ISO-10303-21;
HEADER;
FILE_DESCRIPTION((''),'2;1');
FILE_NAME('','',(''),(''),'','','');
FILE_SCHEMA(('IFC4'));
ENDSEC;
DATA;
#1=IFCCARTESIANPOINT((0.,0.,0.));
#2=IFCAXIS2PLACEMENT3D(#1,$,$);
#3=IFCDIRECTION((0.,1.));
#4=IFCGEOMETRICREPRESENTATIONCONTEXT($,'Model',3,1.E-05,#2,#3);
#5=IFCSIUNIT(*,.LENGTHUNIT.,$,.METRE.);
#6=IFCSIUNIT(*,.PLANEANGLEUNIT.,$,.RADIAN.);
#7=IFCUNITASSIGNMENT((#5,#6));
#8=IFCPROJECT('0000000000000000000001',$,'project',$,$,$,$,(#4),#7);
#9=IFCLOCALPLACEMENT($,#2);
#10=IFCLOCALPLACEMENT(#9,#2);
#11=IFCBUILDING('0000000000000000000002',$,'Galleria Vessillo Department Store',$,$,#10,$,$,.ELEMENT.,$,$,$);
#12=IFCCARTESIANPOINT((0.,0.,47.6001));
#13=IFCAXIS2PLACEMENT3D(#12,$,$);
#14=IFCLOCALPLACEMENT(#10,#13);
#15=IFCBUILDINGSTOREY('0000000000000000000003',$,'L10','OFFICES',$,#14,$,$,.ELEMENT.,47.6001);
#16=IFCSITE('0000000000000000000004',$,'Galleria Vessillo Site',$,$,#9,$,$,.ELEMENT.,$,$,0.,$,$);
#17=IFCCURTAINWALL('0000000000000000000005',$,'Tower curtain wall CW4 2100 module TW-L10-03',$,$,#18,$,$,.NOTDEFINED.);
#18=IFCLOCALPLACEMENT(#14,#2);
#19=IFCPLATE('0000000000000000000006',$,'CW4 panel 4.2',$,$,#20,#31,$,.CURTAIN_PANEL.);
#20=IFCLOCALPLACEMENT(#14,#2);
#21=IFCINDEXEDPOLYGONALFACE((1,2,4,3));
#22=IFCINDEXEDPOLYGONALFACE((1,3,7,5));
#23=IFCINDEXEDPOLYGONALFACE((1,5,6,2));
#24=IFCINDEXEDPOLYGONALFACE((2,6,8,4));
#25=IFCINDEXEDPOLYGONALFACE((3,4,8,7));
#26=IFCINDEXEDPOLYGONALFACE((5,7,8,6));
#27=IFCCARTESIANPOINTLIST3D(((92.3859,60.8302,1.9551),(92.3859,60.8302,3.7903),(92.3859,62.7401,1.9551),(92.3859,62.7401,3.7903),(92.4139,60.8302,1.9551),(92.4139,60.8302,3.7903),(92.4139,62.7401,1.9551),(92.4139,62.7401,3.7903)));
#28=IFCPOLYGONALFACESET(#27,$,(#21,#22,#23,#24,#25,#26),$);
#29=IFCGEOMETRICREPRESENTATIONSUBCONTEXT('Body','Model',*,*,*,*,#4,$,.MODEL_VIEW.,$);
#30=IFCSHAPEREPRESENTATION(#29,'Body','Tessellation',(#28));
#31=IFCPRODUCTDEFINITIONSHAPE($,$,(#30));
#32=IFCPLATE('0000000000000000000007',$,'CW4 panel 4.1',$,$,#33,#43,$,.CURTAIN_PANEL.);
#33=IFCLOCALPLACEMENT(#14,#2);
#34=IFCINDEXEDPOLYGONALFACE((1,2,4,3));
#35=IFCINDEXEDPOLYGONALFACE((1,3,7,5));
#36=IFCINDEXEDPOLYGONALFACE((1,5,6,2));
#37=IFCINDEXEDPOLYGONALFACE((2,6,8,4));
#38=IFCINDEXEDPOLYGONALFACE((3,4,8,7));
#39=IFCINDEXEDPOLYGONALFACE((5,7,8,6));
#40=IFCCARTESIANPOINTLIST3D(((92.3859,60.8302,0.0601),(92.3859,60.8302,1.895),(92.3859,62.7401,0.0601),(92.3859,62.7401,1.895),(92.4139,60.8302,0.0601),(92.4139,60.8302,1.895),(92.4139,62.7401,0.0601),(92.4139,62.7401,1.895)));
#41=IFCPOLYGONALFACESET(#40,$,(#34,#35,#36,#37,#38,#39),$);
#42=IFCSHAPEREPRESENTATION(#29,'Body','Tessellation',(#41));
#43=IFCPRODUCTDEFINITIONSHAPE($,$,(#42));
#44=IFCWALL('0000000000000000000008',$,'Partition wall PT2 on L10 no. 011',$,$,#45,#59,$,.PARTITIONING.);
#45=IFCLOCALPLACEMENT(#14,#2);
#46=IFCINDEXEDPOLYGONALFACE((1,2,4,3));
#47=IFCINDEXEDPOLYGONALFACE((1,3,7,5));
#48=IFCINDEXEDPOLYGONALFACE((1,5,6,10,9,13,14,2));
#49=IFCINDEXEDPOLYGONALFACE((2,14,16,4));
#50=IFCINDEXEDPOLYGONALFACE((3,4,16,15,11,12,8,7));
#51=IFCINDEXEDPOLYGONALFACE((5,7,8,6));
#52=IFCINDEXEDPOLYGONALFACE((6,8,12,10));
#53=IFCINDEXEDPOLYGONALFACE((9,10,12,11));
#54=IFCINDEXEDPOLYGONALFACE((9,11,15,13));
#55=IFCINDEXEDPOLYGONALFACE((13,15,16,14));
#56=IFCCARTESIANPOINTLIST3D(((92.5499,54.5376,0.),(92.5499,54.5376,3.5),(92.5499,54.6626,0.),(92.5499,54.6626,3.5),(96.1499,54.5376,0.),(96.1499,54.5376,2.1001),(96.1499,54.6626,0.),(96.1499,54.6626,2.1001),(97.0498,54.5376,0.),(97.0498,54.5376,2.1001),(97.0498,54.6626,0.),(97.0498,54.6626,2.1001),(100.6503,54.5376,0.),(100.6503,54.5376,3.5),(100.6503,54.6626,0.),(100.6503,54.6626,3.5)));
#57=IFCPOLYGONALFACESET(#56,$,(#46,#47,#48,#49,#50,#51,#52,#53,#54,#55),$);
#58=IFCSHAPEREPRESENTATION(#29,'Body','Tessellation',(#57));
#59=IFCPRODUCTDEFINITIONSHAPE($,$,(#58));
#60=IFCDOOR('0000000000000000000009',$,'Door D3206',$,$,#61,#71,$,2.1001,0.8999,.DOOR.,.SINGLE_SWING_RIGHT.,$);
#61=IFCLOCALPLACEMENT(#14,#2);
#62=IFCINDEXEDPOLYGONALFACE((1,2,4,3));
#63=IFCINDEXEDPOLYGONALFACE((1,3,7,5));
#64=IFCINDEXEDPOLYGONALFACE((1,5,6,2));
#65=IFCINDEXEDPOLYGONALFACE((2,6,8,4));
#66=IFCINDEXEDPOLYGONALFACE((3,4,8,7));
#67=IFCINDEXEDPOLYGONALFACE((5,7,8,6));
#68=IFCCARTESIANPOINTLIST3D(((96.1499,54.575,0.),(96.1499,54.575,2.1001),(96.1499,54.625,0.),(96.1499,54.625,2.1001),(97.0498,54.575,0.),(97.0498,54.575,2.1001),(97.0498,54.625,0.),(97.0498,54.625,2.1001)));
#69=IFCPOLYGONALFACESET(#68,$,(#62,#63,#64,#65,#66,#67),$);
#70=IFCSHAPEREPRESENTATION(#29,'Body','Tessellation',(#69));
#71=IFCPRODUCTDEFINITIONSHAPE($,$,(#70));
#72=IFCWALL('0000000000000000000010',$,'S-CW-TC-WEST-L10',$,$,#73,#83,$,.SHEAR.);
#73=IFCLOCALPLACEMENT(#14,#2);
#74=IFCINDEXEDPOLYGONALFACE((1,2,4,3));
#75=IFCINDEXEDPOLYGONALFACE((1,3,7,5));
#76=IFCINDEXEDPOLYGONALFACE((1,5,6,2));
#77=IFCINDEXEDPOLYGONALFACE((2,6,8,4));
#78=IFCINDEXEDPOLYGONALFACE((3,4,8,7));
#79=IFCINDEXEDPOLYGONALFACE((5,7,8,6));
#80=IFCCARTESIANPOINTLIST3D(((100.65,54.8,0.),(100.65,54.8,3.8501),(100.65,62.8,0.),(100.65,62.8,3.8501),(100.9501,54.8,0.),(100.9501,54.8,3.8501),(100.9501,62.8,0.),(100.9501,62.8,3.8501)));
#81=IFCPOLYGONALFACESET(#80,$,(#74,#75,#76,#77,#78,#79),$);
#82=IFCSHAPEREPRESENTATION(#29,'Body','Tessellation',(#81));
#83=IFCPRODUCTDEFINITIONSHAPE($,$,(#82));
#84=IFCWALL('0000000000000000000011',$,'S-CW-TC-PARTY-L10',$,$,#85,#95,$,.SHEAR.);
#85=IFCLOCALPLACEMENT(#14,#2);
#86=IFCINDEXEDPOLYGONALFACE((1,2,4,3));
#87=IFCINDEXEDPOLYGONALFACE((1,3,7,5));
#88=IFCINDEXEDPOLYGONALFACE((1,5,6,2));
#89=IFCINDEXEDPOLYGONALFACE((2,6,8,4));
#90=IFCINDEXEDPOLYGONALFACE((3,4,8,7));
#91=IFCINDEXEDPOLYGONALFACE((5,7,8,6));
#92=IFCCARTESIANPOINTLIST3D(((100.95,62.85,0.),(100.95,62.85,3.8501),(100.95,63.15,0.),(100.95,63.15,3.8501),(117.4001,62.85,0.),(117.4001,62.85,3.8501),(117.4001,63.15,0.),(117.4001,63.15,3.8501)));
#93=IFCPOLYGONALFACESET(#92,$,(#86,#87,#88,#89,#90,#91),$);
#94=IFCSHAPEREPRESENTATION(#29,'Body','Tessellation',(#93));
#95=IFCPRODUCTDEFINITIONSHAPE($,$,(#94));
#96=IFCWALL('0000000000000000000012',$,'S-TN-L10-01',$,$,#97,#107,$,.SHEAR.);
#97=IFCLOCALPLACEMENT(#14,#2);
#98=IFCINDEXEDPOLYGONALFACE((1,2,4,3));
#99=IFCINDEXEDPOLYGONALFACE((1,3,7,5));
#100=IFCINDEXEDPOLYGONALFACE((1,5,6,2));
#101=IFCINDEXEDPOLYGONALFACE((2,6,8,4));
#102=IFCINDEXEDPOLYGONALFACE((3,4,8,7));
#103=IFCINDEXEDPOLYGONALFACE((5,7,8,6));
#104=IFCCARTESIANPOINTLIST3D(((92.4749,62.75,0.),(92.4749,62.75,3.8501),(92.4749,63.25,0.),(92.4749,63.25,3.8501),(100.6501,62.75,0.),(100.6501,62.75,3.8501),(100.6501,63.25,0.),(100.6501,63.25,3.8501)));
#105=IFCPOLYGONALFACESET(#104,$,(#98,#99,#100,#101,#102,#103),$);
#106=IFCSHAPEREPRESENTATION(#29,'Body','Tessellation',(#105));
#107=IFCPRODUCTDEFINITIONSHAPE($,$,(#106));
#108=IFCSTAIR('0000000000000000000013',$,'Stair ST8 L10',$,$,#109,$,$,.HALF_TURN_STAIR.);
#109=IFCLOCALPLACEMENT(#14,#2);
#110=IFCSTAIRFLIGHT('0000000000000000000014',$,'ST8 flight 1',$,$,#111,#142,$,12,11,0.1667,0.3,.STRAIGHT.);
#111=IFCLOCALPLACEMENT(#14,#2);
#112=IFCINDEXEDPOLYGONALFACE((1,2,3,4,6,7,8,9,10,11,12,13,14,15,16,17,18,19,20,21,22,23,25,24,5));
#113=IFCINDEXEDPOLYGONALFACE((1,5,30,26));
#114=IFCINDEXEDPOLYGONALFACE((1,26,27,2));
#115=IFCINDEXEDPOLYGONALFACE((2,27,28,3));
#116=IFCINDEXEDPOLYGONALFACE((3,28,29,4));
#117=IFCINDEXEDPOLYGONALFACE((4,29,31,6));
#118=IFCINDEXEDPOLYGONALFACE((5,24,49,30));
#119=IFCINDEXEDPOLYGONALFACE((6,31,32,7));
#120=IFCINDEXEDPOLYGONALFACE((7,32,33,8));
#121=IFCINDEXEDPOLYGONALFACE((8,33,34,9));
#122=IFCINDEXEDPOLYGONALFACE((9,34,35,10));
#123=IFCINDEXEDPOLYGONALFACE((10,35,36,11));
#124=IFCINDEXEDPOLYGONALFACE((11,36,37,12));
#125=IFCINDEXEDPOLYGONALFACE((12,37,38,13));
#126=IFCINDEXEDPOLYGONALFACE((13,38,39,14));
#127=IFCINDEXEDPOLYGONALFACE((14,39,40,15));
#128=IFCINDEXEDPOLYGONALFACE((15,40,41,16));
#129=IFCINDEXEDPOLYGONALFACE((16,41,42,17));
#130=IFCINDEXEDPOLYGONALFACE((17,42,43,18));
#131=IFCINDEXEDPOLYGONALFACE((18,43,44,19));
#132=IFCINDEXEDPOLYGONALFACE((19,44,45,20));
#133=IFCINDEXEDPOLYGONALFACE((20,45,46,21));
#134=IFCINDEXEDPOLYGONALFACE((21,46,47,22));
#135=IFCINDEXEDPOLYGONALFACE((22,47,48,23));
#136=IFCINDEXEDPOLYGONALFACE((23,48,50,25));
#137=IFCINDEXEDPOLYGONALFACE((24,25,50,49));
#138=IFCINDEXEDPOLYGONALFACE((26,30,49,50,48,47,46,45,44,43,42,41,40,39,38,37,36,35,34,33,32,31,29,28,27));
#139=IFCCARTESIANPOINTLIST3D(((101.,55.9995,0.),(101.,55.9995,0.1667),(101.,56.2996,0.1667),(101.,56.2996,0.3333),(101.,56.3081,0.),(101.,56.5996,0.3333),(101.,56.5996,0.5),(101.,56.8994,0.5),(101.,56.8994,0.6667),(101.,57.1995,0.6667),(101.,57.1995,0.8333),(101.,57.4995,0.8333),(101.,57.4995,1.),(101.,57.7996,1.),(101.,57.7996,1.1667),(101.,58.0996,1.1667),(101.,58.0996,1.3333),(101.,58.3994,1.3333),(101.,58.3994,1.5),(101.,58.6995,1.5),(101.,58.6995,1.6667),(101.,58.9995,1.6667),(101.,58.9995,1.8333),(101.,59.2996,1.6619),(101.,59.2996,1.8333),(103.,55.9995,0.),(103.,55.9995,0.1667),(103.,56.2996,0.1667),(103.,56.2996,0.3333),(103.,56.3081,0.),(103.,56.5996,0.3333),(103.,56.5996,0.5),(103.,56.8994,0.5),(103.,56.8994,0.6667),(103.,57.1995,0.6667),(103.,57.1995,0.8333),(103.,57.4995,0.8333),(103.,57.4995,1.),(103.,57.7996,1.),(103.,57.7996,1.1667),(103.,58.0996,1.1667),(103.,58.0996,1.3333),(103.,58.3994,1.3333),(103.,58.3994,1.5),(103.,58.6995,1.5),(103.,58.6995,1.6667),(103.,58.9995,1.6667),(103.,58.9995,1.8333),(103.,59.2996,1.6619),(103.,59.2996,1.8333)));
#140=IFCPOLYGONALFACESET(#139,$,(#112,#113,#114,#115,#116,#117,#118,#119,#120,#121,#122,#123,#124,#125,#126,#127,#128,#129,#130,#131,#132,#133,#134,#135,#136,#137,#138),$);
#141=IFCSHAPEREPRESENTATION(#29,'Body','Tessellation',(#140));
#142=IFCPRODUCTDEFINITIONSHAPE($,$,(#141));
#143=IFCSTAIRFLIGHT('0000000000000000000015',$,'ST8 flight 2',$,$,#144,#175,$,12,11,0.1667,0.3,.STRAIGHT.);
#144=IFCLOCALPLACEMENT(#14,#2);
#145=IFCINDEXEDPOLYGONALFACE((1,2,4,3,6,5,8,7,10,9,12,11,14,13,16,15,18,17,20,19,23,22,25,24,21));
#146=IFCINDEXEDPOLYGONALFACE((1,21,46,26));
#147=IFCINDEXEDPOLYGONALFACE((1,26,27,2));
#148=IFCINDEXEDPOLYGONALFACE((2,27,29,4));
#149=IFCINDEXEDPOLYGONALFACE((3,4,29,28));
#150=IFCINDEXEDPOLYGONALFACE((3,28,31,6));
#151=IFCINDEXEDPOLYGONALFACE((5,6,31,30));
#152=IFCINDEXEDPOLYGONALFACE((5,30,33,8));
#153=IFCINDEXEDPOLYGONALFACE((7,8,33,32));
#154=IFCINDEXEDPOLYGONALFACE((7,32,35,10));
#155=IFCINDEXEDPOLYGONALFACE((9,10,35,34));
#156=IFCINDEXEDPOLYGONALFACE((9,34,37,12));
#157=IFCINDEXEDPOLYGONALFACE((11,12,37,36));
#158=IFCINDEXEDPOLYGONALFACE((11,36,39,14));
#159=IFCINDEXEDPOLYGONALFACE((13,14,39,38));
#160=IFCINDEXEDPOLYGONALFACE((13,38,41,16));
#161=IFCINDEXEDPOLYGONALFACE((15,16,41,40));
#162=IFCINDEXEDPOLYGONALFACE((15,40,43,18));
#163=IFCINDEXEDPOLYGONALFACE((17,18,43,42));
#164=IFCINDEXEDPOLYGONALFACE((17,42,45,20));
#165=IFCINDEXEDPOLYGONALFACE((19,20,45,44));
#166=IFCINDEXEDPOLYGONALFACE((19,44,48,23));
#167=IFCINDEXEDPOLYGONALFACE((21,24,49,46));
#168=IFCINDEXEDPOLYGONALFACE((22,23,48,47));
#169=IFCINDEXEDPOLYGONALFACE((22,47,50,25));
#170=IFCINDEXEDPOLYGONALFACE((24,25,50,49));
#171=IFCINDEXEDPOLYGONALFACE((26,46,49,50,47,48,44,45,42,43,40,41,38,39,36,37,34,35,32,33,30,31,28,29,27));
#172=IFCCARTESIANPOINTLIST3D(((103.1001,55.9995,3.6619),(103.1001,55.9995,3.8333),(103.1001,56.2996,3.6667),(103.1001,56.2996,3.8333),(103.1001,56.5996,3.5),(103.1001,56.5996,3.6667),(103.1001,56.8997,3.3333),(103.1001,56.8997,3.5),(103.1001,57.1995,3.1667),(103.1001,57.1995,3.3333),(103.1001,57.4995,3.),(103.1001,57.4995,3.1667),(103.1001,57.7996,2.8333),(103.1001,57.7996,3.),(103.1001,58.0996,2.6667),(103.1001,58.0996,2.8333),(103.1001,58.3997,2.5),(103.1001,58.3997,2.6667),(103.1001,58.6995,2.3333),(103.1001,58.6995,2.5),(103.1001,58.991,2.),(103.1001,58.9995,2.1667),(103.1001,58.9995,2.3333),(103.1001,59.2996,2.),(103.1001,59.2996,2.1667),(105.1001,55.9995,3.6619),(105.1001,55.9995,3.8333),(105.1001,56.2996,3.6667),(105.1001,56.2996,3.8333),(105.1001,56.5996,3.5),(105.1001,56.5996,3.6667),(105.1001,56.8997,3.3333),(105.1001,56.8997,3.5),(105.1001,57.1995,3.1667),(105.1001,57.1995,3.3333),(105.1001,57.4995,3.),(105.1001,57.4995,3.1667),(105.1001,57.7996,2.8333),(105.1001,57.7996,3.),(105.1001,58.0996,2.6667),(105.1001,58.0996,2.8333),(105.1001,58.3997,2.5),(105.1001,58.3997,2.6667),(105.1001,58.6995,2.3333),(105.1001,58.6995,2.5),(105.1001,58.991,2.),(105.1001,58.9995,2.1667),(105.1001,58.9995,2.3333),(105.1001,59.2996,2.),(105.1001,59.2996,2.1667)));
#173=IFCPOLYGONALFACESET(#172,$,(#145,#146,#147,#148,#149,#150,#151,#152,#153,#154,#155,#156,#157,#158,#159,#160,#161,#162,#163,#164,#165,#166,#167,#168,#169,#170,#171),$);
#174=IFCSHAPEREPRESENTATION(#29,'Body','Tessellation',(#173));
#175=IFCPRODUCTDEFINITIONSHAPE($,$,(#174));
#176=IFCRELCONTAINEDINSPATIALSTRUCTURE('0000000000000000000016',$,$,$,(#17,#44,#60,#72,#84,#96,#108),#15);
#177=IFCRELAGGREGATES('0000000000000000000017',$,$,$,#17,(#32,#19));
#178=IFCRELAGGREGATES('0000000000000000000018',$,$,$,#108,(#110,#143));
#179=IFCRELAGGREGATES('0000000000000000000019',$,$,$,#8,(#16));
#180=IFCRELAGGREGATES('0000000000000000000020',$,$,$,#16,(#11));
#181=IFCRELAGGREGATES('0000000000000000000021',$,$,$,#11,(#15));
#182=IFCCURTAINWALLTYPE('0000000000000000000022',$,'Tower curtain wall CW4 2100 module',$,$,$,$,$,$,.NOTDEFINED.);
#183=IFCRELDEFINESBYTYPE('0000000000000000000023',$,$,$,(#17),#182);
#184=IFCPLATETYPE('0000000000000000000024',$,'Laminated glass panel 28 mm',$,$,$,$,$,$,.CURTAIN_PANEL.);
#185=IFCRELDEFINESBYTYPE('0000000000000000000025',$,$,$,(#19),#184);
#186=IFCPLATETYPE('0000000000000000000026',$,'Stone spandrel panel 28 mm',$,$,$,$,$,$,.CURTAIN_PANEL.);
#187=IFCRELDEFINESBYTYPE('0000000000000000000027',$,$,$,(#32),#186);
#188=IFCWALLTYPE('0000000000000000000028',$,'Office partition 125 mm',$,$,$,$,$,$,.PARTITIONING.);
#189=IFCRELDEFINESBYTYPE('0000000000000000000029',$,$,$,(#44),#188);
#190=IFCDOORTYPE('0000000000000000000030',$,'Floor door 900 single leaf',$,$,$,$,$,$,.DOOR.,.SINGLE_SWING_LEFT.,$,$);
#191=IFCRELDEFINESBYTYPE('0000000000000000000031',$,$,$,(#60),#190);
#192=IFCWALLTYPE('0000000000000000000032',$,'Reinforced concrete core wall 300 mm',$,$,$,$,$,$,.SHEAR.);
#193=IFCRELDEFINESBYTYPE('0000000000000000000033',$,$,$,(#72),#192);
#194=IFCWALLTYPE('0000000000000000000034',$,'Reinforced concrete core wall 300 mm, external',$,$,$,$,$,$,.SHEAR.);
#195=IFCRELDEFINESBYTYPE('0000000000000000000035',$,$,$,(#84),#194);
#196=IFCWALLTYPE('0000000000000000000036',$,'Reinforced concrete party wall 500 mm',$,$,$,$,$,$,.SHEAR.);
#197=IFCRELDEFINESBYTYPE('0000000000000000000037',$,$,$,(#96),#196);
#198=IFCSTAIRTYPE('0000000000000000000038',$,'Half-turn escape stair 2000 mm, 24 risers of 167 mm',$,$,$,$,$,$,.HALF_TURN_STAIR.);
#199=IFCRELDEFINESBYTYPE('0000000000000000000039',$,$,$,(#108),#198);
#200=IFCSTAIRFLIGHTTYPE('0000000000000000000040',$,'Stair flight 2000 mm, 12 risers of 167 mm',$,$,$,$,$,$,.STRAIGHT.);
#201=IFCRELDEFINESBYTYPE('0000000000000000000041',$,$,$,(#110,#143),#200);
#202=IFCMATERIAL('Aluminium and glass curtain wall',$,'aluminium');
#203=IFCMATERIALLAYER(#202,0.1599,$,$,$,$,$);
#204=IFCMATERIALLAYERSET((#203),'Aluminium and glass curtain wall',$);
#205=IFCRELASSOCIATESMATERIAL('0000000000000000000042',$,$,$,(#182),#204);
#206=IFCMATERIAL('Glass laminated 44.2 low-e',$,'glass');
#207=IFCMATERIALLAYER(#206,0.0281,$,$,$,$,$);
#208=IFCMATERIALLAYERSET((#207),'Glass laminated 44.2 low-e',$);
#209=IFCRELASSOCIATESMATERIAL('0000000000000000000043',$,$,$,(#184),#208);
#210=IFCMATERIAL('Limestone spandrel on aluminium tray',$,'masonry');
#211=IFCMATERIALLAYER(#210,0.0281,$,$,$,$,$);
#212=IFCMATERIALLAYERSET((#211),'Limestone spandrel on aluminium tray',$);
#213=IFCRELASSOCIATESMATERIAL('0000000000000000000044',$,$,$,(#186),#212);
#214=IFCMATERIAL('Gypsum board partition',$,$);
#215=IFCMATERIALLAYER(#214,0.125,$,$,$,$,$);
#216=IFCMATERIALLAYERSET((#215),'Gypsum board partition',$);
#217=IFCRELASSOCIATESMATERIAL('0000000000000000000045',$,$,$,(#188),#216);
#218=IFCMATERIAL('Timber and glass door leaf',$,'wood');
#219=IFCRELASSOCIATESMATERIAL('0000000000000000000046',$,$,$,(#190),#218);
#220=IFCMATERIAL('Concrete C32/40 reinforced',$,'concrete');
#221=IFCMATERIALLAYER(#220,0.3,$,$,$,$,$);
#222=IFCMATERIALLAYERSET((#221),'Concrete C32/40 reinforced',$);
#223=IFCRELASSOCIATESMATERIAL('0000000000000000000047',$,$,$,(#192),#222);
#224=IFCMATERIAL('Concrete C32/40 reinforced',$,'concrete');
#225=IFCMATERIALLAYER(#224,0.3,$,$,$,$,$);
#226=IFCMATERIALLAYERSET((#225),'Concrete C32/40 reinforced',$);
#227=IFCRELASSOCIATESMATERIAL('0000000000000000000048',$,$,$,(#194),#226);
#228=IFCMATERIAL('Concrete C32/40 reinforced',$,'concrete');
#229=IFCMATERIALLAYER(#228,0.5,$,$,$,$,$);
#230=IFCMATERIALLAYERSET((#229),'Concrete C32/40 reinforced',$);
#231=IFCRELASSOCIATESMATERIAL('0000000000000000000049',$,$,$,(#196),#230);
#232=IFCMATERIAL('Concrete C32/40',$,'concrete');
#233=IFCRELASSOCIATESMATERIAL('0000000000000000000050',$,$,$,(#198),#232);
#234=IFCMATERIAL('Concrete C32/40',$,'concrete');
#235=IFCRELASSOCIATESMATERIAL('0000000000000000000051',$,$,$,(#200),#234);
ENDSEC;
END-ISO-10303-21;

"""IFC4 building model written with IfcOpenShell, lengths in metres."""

from ifc_helpers import new_model, si_unit, direction, frame, frame_2d, origin, origin_2d, place, context, subcontext, project, spatial, polyline, rectangle, outline, extrude, material, layer, layer_set, type_object, element, fill, aggregate, save


model = new_model("IFC4")

# Units and contexts
model_context = context("Model", 3, precision=1e-05, world=origin(), true_north=direction((0.0, 1.0)))
body_context = subcontext(model_context, "Body", "Model", "MODEL_VIEW")
ifc_project = project(units=[si_unit("LENGTHUNIT", "METRE"), si_unit("PLANEANGLEUNIT", "RADIAN")], contexts=[model_context])

# Site, building, storey
site_placement = place(None, origin())
site = spatial("IfcSite", under=ifc_project, at=site_placement, Name="Galleria Vessillo Site", CompositionType="ELEMENT", RefElevation=0.0)
building_placement = place(site_placement, origin())
building = spatial("IfcBuilding", under=site, at=building_placement, Name="Galleria Vessillo Department Store", CompositionType="ELEMENT")
storey_placement = place(building_placement, frame((0.0, 0.0, 47.6001)))
storey = spatial("IfcBuildingStorey", under=building, at=storey_placement, Name="L10", Description="OFFICES", CompositionType="ELEMENT", Elevation=47.6001)

# Curtain wall, plates
ifc_material_1 = material(Name="Aluminium and glass curtain wall", Category="aluminium")
ifc_layer_1 = layer(ifc_material_1, 0.1599)
ifc_layer_set_1 = layer_set([ifc_layer_1], Name="Aluminium and glass curtain wall")
curtain_wall_type = type_object("IfcCurtainWallType", Name="Tower curtain wall CW4 2100 module", PredefinedType="NOTDEFINED", material=ifc_layer_set_1)
curtain_wall_placement = place(storey_placement, origin())
curtain_wall = element("IfcCurtainWall", 1, at=curtain_wall_placement, inside=storey, type_object=curtain_wall_type, Name="Tower curtain wall CW4 2100 module TW-L10-03", PredefinedType="NOTDEFINED")
ifc_material_2 = material(Name="Glass laminated 44.2 low-e", Category="glass")
ifc_layer_2 = layer(ifc_material_2, 0.0281)
ifc_layer_set_2 = layer_set([ifc_layer_2], Name="Glass laminated 44.2 low-e")
plate_type_1 = type_object("IfcPlateType", Name="Laminated glass panel 28 mm", PredefinedType="CURTAIN_PANEL", material=ifc_layer_set_2)
plate_1_placement = place(storey_placement, frame((92.3999, 61.7852, 1.9551), z_axis=(0.0, 0.0, 1.0), x_axis=(0.0, 1.0, 0.0)))
plate_1 = element("IfcPlate", 2, at=plate_1_placement, type_object=plate_type_1, Name="CW4 panel 4.2", PredefinedType="CURTAIN_PANEL", context=body_context, shape_type="SweptSolid", body=[
    extrude(rectangle(XDim=1.9099, YDim=0.0281, at=origin_2d()), origin(), (0.0, 0.0, 1.0), 1.8352),
])
ifc_material_3 = material(Name="Limestone spandrel on aluminium tray", Category="masonry")
ifc_layer_3 = layer(ifc_material_3, 0.0281)
ifc_layer_set_3 = layer_set([ifc_layer_3], Name="Limestone spandrel on aluminium tray")
plate_type_2 = type_object("IfcPlateType", Name="Stone spandrel panel 28 mm", PredefinedType="CURTAIN_PANEL", material=ifc_layer_set_3)
plate_2_placement = place(storey_placement, frame((92.3999, 61.7852, 0.0601), z_axis=(0.0, 0.0, 1.0), x_axis=(0.0, 1.0, 0.0)))
plate_2 = element("IfcPlate", 3, at=plate_2_placement, type_object=plate_type_2, Name="CW4 panel 4.1", PredefinedType="CURTAIN_PANEL", context=body_context, shape_type="SweptSolid", body=[
    extrude(rectangle(XDim=1.9099, YDim=0.0281, at=origin_2d()), origin(), (0.0, 0.0, 1.0), 1.835),
])
aggregate(curtain_wall, [plate_2, plate_1])

# Wall, opening, door
ifc_material_4 = material(Name="Gypsum board partition")
ifc_layer_4 = layer(ifc_material_4, 0.125)
ifc_layer_set_4 = layer_set([ifc_layer_4], Name="Gypsum board partition")
wall_type_1 = type_object("IfcWallType", Name="Office partition 125 mm", PredefinedType="PARTITIONING", material=ifc_layer_set_4)
wall_1_placement = place(storey_placement, frame((92.5498, 54.6001, 0.0), z_axis=(0.0, 0.0, 1.0), x_axis=(1.0, 0.0, 0.0)))
wall_1 = element("IfcWall", 4, at=wall_1_placement, inside=storey, type_object=wall_type_1, Name="Partition wall PT2 on L10 no. 011", PredefinedType="PARTITIONING", context=body_context, shape_type="SweptSolid", body=[
    extrude(rectangle(XDim=8.1003, YDim=0.125, at=frame_2d((4.0503, 0.0))), origin(), (0.0, 0.0, 1.0), 3.5),
])
opening_1_placement = place(wall_1_placement, frame((3.6001, 0.0, 0.0)))
opening_1 = element("IfcOpeningElement", 5, at=opening_1_placement, cuts=wall_1, PredefinedType="OPENING", context=body_context, shape_type="SweptSolid", body=[
    extrude(rectangle(XDim=0.8999, YDim=2.1001, at=frame_2d((0.45, 1.05))), frame((0.0, 0.0725, 0.0), z_axis=(0.0, -1.0, 0.0), x_axis=(1.0, 0.0, 0.0)), (0.0, 0.0, 1.0), 0.145),
])
ifc_material_5 = material(Name="Timber and glass door leaf", Category="wood")
door_type_1 = type_object("IfcDoorType", Name="Floor door 900 single leaf", OperationType="SINGLE_SWING_LEFT", PredefinedType="DOOR", material=ifc_material_5)
door_1_placement = place(opening_1_placement, origin())
door_1 = element("IfcDoor", 6, at=door_1_placement, inside=storey, type_object=door_type_1, Name="Door D3206", OperationType="SINGLE_SWING_RIGHT", OverallHeight=2.1001, OverallWidth=0.8999, PredefinedType="DOOR", context=body_context, shape_type="SweptSolid", body=[
    extrude(rectangle(XDim=0.8999, YDim=2.1001, at=frame_2d((0.45, 1.05))), frame((0.0, 0.0249, 0.0), z_axis=(0.0, -1.0, 0.0), x_axis=(1.0, 0.0, 0.0)), (0.0, 0.0, 1.0), 0.05),
])
fill(opening_1, door_1)

# Shared definitions
ifc_material_6 = material(Name="Concrete C32/40 reinforced", Category="concrete")
ifc_layer_5 = layer(ifc_material_6, 0.3)
ifc_layer_set_5 = layer_set([ifc_layer_5], Name="Concrete C32/40 reinforced")
wall_type_2 = type_object("IfcWallType", Name="Reinforced concrete core wall 300 mm", PredefinedType="SHEAR", material=ifc_layer_set_5)

# Walls
wall_2_placement = place(storey_placement, frame((100.8, 54.8, 0.0), z_axis=(0.0, 0.0, 1.0), x_axis=(0.0, 1.0, 0.0)))
element("IfcWall", 7, at=wall_2_placement, inside=storey, type_object=wall_type_2, Name="S-CW-TC-WEST-L10", PredefinedType="SHEAR", context=body_context, shape_type="SweptSolid", body=[
    extrude(rectangle(XDim=8.0, YDim=0.3, at=frame_2d((4.0, 0.0))), origin(), (0.0, 0.0, 1.0), 3.8501),
])
ifc_material_7 = material(Name="Concrete C32/40 reinforced", Category="concrete")
ifc_layer_6 = layer(ifc_material_7, 0.3)
ifc_layer_set_6 = layer_set([ifc_layer_6], Name="Concrete C32/40 reinforced")
wall_type_3 = type_object("IfcWallType", Name="Reinforced concrete core wall 300 mm, external", PredefinedType="SHEAR", material=ifc_layer_set_6)
wall_3_placement = place(storey_placement, frame((100.95, 63.0, 0.0), z_axis=(0.0, 0.0, 1.0), x_axis=(1.0, 0.0, 0.0)))
element("IfcWall", 8, at=wall_3_placement, inside=storey, type_object=wall_type_3, Name="S-CW-TC-PARTY-L10", PredefinedType="SHEAR", context=body_context, shape_type="SweptSolid", body=[
    extrude(rectangle(XDim=16.4502, YDim=0.3, at=frame_2d((8.2251, 0.0))), origin(), (0.0, 0.0, 1.0), 3.8501),
])
ifc_material_8 = material(Name="Concrete C32/40 reinforced", Category="concrete")
ifc_layer_7 = layer(ifc_material_8, 0.5)
ifc_layer_set_7 = layer_set([ifc_layer_7], Name="Concrete C32/40 reinforced")
wall_type_4 = type_object("IfcWallType", Name="Reinforced concrete party wall 500 mm", PredefinedType="SHEAR", material=ifc_layer_set_7)
wall_4_placement = place(storey_placement, frame((92.4749, 63.0, 0.0), z_axis=(0.0, 0.0, 1.0), x_axis=(1.0, 0.0, 0.0)))
element("IfcWall", 9, at=wall_4_placement, inside=storey, type_object=wall_type_4, Name="S-TN-L10-01", PredefinedType="SHEAR", context=body_context, shape_type="SweptSolid", body=[
    extrude(rectangle(XDim=8.1753, YDim=0.5, at=frame_2d((4.0876, 0.0))), origin(), (0.0, 0.0, 1.0), 3.8501),
])

# Stair, stair flights
ifc_material_9 = material(Name="Concrete C32/40", Category="concrete")
stair_type = type_object("IfcStairType", Name="Half-turn escape stair 2000 mm, 24 risers of 167 mm", PredefinedType="HALF_TURN_STAIR", material=ifc_material_9)
stair_placement = place(storey_placement, origin())
stair = element("IfcStair", 10, at=stair_placement, inside=storey, type_object=stair_type, Name="Stair ST8 L10", PredefinedType="HALF_TURN_STAIR")
ifc_material_10 = material(Name="Concrete C32/40", Category="concrete")
stair_flight_type = type_object("IfcStairFlightType", Name="Stair flight 2000 mm, 12 risers of 167 mm", PredefinedType="STRAIGHT", material=ifc_material_10)
stair_flight_1_placement = place(storey_placement, frame((102.0, 55.9995, 0.0), z_axis=(0.0, 0.0, 1.0), x_axis=(0.0, 1.0, 0.0)))
stair_flight_1 = element("IfcStairFlight", 11, at=stair_flight_1_placement, type_object=stair_flight_type, Name="ST8 flight 1", NumberOfRisers=12, NumberOfTreads=11, PredefinedType="STRAIGHT", RiserHeight=0.1667, TreadLength=0.3, context=body_context, shape_type="SweptSolid", body=[
    extrude(outline(polyline([(0.0, 0.0), (0.0, 0.1667), (0.3, 0.1667), (0.3, 0.3333), (0.6001, 0.3333), (0.6001, 0.5), (0.8999, 0.5), (0.8999, 0.6667), (1.2, 0.6667), (1.2, 0.8333), (1.5, 0.8333), (1.5, 1.0), (1.8, 1.0), (1.8, 1.1667), (2.1001, 1.1667), (2.1001, 1.3333), (2.3999, 1.3333), (2.3999, 1.5), (2.7, 1.5), (2.7, 1.6667), (3.0, 1.6667), (3.0, 1.8333), (3.3, 1.8333), (3.3, 2.0), (3.3, 1.6619), (0.3086, 0.0), (0.0, 0.0)])), frame((0.0, 1.0, 0.0), z_axis=(0.0, -1.0, 0.0), x_axis=(1.0, 0.0, 0.0)), (0.0, 0.0, 1.0), 2.0),
])
stair_flight_2_placement = place(storey_placement, frame((104.1001, 59.2996, 2.0), z_axis=(0.0, 0.0, 1.0), x_axis=(0.0, -1.0, 0.0)))
stair_flight_2 = element("IfcStairFlight", 12, at=stair_flight_2_placement, type_object=stair_flight_type, Name="ST8 flight 2", NumberOfRisers=12, NumberOfTreads=11, PredefinedType="STRAIGHT", RiserHeight=0.1667, TreadLength=0.3, context=body_context, shape_type="SweptSolid", body=[
    extrude(outline(polyline([(0.0, 0.0), (0.0, 0.1667), (0.3, 0.1667), (0.3, 0.3333), (0.6001, 0.3333), (0.6001, 0.5), (0.8999, 0.5), (0.8999, 0.6667), (1.2, 0.6667), (1.2, 0.8333), (1.5, 0.8333), (1.5, 1.0), (1.8, 1.0), (1.8, 1.1667), (2.1001, 1.1667), (2.1001, 1.3333), (2.3999, 1.3333), (2.3999, 1.5), (2.7, 1.5), (2.7, 1.6667), (3.0, 1.6667), (3.0, 1.8333), (3.3, 1.8333), (3.3, 2.0), (3.3, 1.6619), (0.3086, 0.0), (0.0, 0.0)])), frame((0.0, 1.0, 0.0), z_axis=(0.0, -1.0, 0.0), x_axis=(1.0, 0.0, 0.0)), (0.0, 0.0, 1.0), 2.0),
])
aggregate(stair, [stair_flight_1, stair_flight_2])

save(model, "model.ifc")
